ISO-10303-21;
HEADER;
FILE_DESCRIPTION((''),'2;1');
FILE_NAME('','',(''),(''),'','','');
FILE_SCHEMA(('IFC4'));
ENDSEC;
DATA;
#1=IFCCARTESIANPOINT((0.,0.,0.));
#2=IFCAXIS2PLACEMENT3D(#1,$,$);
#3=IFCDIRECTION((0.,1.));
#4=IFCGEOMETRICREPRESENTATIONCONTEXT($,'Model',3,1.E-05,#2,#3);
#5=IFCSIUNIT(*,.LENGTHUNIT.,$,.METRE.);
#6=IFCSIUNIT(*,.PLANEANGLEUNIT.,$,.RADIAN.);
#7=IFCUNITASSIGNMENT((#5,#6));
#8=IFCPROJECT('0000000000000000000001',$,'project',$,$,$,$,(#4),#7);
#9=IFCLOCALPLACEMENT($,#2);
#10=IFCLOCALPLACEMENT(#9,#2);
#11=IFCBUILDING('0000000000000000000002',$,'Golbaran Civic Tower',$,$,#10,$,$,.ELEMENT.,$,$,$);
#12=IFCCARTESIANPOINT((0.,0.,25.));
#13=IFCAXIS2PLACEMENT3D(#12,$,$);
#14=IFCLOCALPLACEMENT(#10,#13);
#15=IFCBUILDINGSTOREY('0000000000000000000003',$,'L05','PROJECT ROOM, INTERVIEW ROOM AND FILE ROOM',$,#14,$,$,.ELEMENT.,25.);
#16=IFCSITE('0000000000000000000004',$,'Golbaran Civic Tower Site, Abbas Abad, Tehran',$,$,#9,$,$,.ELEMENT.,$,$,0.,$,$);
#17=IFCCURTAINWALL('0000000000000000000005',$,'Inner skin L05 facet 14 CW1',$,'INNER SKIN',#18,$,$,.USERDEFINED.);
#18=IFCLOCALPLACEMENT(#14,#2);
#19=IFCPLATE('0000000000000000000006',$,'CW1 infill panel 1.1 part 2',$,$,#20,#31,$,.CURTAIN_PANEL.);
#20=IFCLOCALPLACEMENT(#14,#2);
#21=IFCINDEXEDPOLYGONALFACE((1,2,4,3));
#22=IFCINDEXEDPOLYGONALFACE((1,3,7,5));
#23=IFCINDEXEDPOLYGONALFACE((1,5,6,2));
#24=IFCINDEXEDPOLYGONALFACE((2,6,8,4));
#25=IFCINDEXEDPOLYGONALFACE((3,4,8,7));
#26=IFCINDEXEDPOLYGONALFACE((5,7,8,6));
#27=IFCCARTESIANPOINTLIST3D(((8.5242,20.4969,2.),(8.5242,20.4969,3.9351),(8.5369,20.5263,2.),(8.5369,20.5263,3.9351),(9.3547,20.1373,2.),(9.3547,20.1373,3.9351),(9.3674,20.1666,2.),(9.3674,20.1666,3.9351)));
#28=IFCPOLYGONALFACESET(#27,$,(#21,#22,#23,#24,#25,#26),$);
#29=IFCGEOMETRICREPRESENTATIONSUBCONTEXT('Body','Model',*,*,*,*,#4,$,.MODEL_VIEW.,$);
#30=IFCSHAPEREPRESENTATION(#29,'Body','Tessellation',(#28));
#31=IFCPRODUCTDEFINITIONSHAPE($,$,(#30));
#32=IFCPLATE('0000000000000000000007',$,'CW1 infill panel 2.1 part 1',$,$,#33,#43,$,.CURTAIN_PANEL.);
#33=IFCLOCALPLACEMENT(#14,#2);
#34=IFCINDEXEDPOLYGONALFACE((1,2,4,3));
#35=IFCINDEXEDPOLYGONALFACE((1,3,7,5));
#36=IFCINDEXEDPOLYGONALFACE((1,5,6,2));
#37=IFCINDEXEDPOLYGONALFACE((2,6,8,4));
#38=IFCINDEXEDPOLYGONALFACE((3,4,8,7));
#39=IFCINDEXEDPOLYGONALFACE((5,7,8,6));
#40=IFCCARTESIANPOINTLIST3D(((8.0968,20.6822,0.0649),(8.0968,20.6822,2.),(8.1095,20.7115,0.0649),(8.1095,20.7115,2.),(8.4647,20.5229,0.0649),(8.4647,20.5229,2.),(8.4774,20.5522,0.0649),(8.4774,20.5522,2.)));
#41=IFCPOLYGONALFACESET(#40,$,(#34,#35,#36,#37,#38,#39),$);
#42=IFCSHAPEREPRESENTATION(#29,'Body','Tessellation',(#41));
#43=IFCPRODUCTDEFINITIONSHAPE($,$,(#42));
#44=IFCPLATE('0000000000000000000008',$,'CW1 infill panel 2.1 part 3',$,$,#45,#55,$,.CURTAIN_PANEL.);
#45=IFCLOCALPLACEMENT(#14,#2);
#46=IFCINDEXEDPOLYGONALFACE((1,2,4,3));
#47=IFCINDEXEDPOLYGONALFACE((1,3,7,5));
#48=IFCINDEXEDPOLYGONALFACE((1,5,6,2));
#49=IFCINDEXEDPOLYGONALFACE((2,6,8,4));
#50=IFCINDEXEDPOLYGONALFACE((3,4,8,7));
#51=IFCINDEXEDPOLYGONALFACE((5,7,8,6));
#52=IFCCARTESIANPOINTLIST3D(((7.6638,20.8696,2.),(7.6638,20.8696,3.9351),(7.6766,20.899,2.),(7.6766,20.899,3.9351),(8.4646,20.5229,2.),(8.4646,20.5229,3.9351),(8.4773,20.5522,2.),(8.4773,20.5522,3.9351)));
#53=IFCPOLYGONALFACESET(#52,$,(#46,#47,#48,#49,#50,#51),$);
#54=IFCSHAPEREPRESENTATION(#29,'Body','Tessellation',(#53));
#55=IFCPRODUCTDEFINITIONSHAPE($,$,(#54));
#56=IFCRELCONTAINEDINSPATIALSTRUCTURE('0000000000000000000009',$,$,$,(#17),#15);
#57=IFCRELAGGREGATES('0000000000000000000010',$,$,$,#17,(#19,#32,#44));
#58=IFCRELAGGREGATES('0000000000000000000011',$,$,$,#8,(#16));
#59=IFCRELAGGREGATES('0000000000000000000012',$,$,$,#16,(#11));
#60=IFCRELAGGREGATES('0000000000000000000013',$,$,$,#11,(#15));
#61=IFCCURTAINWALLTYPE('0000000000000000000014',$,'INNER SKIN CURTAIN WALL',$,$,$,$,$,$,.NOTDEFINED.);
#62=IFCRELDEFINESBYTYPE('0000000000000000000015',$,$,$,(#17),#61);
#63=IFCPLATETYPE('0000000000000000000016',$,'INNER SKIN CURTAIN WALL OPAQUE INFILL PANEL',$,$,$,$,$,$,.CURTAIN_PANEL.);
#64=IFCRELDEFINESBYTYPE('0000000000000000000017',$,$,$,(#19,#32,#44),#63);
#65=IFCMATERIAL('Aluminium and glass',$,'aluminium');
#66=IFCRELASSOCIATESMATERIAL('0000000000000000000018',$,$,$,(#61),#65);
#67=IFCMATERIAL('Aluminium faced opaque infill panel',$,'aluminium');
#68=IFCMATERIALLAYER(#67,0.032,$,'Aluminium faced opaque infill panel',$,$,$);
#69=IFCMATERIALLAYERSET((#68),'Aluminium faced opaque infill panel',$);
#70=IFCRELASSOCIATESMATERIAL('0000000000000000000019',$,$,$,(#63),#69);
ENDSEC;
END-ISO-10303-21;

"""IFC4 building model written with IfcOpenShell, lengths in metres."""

from ifc_helpers import new_model, si_unit, direction, frame, origin, origin_2d, place, context, subcontext, project, spatial, rectangle, extrude, material, layer, layer_set, type_object, element, aggregate, save


model = new_model("IFC4")

# Units and contexts
model_context = context("Model", 3, precision=1e-05, world=origin(), true_north=direction((0.0, 1.0)))
body_context = subcontext(model_context, "Body", "Model", "MODEL_VIEW")
ifc_project = project(units=[si_unit("LENGTHUNIT", "METRE"), si_unit("PLANEANGLEUNIT", "RADIAN")], contexts=[model_context])

# Site, building, storey
site_placement = place(None, origin())
site = spatial("IfcSite", under=ifc_project, at=site_placement, Name="Golbaran Civic Tower Site, Abbas Abad, Tehran", CompositionType="ELEMENT", RefElevation=0.0)
building_placement = place(site_placement, origin())
building = spatial("IfcBuilding", under=site, at=building_placement, Name="Golbaran Civic Tower", CompositionType="ELEMENT")
storey_placement = place(building_placement, frame((0.0, 0.0, 25.0)))
storey = spatial("IfcBuildingStorey", under=building, at=storey_placement, Name="L05", Description="PROJECT ROOM, INTERVIEW ROOM AND FILE ROOM", CompositionType="ELEMENT", Elevation=25.0)

# Curtain wall
ifc_material_1 = material(Name="Aluminium and glass", Category="aluminium")
curtain_wall_type = type_object("IfcCurtainWallType", Name="INNER SKIN CURTAIN WALL", PredefinedType="NOTDEFINED", material=ifc_material_1)
curtain_wall_1_placement = place(storey_placement, origin())
curtain_wall_1 = element("IfcCurtainWall", 1, at=curtain_wall_1_placement, inside=storey, type_object=curtain_wall_type, Name="Inner skin L05 facet 14 CW1", ObjectType="INNER SKIN", PredefinedType="USERDEFINED")

# Plates
ifc_material_2 = material(Name="Aluminium faced opaque infill panel", Category="aluminium")
ifc_layer_1 = layer(ifc_material_2, 0.032, Name="Aluminium faced opaque infill panel")
ifc_layer_set_1 = layer_set([ifc_layer_1], Name="Aluminium faced opaque infill panel")
plate_type_1 = type_object("IfcPlateType", Name="INNER SKIN CURTAIN WALL OPAQUE INFILL PANEL", PredefinedType="CURTAIN_PANEL", material=ifc_layer_set_1)
plate_1_placement = place(storey_placement, frame((8.9458, 20.3318, 2.0), z_axis=(0.0, 0.0, 1.0), x_axis=(-0.917653, 0.397383, 0.0)))
plate_1 = element("IfcPlate", 2, at=plate_1_placement, type_object=plate_type_1, Name="CW1 infill panel 1.1 part 2", PredefinedType="CURTAIN_PANEL", context=body_context, shape_type="SweptSolid", body=[
    extrude(rectangle(XDim=0.905, YDim=0.032, at=origin_2d()), origin(), (0.0, 0.0, 1.0), 1.9351),
])
plate_2_placement = place(storey_placement, frame((8.2871, 20.6172, 0.0649), z_axis=(0.0, 0.0, 1.0), x_axis=(-0.917653, 0.397383, 0.0)))
plate_2 = element("IfcPlate", 3, at=plate_2_placement, type_object=plate_type_1, Name="CW1 infill panel 2.1 part 1", PredefinedType="CURTAIN_PANEL", context=body_context, shape_type="SweptSolid", body=[
    extrude(rectangle(XDim=0.4009, YDim=0.032, at=origin_2d()), origin(), (0.0, 0.0, 1.0), 1.9351),
])
plate_3_placement = place(storey_placement, frame((8.0706, 20.7109, 2.0), z_axis=(0.0, 0.0, 1.0), x_axis=(-0.917653, 0.397383, 0.0)))
plate_3 = element("IfcPlate", 4, at=plate_3_placement, type_object=plate_type_1, Name="CW1 infill panel 2.1 part 3", PredefinedType="CURTAIN_PANEL", context=body_context, shape_type="SweptSolid", body=[
    extrude(rectangle(XDim=0.8726, YDim=0.032, at=origin_2d()), origin(), (0.0, 0.0, 1.0), 1.9351),
])
aggregate(curtain_wall_1, [plate_1, plate_2, plate_3])

save(model, "model.ifc")
